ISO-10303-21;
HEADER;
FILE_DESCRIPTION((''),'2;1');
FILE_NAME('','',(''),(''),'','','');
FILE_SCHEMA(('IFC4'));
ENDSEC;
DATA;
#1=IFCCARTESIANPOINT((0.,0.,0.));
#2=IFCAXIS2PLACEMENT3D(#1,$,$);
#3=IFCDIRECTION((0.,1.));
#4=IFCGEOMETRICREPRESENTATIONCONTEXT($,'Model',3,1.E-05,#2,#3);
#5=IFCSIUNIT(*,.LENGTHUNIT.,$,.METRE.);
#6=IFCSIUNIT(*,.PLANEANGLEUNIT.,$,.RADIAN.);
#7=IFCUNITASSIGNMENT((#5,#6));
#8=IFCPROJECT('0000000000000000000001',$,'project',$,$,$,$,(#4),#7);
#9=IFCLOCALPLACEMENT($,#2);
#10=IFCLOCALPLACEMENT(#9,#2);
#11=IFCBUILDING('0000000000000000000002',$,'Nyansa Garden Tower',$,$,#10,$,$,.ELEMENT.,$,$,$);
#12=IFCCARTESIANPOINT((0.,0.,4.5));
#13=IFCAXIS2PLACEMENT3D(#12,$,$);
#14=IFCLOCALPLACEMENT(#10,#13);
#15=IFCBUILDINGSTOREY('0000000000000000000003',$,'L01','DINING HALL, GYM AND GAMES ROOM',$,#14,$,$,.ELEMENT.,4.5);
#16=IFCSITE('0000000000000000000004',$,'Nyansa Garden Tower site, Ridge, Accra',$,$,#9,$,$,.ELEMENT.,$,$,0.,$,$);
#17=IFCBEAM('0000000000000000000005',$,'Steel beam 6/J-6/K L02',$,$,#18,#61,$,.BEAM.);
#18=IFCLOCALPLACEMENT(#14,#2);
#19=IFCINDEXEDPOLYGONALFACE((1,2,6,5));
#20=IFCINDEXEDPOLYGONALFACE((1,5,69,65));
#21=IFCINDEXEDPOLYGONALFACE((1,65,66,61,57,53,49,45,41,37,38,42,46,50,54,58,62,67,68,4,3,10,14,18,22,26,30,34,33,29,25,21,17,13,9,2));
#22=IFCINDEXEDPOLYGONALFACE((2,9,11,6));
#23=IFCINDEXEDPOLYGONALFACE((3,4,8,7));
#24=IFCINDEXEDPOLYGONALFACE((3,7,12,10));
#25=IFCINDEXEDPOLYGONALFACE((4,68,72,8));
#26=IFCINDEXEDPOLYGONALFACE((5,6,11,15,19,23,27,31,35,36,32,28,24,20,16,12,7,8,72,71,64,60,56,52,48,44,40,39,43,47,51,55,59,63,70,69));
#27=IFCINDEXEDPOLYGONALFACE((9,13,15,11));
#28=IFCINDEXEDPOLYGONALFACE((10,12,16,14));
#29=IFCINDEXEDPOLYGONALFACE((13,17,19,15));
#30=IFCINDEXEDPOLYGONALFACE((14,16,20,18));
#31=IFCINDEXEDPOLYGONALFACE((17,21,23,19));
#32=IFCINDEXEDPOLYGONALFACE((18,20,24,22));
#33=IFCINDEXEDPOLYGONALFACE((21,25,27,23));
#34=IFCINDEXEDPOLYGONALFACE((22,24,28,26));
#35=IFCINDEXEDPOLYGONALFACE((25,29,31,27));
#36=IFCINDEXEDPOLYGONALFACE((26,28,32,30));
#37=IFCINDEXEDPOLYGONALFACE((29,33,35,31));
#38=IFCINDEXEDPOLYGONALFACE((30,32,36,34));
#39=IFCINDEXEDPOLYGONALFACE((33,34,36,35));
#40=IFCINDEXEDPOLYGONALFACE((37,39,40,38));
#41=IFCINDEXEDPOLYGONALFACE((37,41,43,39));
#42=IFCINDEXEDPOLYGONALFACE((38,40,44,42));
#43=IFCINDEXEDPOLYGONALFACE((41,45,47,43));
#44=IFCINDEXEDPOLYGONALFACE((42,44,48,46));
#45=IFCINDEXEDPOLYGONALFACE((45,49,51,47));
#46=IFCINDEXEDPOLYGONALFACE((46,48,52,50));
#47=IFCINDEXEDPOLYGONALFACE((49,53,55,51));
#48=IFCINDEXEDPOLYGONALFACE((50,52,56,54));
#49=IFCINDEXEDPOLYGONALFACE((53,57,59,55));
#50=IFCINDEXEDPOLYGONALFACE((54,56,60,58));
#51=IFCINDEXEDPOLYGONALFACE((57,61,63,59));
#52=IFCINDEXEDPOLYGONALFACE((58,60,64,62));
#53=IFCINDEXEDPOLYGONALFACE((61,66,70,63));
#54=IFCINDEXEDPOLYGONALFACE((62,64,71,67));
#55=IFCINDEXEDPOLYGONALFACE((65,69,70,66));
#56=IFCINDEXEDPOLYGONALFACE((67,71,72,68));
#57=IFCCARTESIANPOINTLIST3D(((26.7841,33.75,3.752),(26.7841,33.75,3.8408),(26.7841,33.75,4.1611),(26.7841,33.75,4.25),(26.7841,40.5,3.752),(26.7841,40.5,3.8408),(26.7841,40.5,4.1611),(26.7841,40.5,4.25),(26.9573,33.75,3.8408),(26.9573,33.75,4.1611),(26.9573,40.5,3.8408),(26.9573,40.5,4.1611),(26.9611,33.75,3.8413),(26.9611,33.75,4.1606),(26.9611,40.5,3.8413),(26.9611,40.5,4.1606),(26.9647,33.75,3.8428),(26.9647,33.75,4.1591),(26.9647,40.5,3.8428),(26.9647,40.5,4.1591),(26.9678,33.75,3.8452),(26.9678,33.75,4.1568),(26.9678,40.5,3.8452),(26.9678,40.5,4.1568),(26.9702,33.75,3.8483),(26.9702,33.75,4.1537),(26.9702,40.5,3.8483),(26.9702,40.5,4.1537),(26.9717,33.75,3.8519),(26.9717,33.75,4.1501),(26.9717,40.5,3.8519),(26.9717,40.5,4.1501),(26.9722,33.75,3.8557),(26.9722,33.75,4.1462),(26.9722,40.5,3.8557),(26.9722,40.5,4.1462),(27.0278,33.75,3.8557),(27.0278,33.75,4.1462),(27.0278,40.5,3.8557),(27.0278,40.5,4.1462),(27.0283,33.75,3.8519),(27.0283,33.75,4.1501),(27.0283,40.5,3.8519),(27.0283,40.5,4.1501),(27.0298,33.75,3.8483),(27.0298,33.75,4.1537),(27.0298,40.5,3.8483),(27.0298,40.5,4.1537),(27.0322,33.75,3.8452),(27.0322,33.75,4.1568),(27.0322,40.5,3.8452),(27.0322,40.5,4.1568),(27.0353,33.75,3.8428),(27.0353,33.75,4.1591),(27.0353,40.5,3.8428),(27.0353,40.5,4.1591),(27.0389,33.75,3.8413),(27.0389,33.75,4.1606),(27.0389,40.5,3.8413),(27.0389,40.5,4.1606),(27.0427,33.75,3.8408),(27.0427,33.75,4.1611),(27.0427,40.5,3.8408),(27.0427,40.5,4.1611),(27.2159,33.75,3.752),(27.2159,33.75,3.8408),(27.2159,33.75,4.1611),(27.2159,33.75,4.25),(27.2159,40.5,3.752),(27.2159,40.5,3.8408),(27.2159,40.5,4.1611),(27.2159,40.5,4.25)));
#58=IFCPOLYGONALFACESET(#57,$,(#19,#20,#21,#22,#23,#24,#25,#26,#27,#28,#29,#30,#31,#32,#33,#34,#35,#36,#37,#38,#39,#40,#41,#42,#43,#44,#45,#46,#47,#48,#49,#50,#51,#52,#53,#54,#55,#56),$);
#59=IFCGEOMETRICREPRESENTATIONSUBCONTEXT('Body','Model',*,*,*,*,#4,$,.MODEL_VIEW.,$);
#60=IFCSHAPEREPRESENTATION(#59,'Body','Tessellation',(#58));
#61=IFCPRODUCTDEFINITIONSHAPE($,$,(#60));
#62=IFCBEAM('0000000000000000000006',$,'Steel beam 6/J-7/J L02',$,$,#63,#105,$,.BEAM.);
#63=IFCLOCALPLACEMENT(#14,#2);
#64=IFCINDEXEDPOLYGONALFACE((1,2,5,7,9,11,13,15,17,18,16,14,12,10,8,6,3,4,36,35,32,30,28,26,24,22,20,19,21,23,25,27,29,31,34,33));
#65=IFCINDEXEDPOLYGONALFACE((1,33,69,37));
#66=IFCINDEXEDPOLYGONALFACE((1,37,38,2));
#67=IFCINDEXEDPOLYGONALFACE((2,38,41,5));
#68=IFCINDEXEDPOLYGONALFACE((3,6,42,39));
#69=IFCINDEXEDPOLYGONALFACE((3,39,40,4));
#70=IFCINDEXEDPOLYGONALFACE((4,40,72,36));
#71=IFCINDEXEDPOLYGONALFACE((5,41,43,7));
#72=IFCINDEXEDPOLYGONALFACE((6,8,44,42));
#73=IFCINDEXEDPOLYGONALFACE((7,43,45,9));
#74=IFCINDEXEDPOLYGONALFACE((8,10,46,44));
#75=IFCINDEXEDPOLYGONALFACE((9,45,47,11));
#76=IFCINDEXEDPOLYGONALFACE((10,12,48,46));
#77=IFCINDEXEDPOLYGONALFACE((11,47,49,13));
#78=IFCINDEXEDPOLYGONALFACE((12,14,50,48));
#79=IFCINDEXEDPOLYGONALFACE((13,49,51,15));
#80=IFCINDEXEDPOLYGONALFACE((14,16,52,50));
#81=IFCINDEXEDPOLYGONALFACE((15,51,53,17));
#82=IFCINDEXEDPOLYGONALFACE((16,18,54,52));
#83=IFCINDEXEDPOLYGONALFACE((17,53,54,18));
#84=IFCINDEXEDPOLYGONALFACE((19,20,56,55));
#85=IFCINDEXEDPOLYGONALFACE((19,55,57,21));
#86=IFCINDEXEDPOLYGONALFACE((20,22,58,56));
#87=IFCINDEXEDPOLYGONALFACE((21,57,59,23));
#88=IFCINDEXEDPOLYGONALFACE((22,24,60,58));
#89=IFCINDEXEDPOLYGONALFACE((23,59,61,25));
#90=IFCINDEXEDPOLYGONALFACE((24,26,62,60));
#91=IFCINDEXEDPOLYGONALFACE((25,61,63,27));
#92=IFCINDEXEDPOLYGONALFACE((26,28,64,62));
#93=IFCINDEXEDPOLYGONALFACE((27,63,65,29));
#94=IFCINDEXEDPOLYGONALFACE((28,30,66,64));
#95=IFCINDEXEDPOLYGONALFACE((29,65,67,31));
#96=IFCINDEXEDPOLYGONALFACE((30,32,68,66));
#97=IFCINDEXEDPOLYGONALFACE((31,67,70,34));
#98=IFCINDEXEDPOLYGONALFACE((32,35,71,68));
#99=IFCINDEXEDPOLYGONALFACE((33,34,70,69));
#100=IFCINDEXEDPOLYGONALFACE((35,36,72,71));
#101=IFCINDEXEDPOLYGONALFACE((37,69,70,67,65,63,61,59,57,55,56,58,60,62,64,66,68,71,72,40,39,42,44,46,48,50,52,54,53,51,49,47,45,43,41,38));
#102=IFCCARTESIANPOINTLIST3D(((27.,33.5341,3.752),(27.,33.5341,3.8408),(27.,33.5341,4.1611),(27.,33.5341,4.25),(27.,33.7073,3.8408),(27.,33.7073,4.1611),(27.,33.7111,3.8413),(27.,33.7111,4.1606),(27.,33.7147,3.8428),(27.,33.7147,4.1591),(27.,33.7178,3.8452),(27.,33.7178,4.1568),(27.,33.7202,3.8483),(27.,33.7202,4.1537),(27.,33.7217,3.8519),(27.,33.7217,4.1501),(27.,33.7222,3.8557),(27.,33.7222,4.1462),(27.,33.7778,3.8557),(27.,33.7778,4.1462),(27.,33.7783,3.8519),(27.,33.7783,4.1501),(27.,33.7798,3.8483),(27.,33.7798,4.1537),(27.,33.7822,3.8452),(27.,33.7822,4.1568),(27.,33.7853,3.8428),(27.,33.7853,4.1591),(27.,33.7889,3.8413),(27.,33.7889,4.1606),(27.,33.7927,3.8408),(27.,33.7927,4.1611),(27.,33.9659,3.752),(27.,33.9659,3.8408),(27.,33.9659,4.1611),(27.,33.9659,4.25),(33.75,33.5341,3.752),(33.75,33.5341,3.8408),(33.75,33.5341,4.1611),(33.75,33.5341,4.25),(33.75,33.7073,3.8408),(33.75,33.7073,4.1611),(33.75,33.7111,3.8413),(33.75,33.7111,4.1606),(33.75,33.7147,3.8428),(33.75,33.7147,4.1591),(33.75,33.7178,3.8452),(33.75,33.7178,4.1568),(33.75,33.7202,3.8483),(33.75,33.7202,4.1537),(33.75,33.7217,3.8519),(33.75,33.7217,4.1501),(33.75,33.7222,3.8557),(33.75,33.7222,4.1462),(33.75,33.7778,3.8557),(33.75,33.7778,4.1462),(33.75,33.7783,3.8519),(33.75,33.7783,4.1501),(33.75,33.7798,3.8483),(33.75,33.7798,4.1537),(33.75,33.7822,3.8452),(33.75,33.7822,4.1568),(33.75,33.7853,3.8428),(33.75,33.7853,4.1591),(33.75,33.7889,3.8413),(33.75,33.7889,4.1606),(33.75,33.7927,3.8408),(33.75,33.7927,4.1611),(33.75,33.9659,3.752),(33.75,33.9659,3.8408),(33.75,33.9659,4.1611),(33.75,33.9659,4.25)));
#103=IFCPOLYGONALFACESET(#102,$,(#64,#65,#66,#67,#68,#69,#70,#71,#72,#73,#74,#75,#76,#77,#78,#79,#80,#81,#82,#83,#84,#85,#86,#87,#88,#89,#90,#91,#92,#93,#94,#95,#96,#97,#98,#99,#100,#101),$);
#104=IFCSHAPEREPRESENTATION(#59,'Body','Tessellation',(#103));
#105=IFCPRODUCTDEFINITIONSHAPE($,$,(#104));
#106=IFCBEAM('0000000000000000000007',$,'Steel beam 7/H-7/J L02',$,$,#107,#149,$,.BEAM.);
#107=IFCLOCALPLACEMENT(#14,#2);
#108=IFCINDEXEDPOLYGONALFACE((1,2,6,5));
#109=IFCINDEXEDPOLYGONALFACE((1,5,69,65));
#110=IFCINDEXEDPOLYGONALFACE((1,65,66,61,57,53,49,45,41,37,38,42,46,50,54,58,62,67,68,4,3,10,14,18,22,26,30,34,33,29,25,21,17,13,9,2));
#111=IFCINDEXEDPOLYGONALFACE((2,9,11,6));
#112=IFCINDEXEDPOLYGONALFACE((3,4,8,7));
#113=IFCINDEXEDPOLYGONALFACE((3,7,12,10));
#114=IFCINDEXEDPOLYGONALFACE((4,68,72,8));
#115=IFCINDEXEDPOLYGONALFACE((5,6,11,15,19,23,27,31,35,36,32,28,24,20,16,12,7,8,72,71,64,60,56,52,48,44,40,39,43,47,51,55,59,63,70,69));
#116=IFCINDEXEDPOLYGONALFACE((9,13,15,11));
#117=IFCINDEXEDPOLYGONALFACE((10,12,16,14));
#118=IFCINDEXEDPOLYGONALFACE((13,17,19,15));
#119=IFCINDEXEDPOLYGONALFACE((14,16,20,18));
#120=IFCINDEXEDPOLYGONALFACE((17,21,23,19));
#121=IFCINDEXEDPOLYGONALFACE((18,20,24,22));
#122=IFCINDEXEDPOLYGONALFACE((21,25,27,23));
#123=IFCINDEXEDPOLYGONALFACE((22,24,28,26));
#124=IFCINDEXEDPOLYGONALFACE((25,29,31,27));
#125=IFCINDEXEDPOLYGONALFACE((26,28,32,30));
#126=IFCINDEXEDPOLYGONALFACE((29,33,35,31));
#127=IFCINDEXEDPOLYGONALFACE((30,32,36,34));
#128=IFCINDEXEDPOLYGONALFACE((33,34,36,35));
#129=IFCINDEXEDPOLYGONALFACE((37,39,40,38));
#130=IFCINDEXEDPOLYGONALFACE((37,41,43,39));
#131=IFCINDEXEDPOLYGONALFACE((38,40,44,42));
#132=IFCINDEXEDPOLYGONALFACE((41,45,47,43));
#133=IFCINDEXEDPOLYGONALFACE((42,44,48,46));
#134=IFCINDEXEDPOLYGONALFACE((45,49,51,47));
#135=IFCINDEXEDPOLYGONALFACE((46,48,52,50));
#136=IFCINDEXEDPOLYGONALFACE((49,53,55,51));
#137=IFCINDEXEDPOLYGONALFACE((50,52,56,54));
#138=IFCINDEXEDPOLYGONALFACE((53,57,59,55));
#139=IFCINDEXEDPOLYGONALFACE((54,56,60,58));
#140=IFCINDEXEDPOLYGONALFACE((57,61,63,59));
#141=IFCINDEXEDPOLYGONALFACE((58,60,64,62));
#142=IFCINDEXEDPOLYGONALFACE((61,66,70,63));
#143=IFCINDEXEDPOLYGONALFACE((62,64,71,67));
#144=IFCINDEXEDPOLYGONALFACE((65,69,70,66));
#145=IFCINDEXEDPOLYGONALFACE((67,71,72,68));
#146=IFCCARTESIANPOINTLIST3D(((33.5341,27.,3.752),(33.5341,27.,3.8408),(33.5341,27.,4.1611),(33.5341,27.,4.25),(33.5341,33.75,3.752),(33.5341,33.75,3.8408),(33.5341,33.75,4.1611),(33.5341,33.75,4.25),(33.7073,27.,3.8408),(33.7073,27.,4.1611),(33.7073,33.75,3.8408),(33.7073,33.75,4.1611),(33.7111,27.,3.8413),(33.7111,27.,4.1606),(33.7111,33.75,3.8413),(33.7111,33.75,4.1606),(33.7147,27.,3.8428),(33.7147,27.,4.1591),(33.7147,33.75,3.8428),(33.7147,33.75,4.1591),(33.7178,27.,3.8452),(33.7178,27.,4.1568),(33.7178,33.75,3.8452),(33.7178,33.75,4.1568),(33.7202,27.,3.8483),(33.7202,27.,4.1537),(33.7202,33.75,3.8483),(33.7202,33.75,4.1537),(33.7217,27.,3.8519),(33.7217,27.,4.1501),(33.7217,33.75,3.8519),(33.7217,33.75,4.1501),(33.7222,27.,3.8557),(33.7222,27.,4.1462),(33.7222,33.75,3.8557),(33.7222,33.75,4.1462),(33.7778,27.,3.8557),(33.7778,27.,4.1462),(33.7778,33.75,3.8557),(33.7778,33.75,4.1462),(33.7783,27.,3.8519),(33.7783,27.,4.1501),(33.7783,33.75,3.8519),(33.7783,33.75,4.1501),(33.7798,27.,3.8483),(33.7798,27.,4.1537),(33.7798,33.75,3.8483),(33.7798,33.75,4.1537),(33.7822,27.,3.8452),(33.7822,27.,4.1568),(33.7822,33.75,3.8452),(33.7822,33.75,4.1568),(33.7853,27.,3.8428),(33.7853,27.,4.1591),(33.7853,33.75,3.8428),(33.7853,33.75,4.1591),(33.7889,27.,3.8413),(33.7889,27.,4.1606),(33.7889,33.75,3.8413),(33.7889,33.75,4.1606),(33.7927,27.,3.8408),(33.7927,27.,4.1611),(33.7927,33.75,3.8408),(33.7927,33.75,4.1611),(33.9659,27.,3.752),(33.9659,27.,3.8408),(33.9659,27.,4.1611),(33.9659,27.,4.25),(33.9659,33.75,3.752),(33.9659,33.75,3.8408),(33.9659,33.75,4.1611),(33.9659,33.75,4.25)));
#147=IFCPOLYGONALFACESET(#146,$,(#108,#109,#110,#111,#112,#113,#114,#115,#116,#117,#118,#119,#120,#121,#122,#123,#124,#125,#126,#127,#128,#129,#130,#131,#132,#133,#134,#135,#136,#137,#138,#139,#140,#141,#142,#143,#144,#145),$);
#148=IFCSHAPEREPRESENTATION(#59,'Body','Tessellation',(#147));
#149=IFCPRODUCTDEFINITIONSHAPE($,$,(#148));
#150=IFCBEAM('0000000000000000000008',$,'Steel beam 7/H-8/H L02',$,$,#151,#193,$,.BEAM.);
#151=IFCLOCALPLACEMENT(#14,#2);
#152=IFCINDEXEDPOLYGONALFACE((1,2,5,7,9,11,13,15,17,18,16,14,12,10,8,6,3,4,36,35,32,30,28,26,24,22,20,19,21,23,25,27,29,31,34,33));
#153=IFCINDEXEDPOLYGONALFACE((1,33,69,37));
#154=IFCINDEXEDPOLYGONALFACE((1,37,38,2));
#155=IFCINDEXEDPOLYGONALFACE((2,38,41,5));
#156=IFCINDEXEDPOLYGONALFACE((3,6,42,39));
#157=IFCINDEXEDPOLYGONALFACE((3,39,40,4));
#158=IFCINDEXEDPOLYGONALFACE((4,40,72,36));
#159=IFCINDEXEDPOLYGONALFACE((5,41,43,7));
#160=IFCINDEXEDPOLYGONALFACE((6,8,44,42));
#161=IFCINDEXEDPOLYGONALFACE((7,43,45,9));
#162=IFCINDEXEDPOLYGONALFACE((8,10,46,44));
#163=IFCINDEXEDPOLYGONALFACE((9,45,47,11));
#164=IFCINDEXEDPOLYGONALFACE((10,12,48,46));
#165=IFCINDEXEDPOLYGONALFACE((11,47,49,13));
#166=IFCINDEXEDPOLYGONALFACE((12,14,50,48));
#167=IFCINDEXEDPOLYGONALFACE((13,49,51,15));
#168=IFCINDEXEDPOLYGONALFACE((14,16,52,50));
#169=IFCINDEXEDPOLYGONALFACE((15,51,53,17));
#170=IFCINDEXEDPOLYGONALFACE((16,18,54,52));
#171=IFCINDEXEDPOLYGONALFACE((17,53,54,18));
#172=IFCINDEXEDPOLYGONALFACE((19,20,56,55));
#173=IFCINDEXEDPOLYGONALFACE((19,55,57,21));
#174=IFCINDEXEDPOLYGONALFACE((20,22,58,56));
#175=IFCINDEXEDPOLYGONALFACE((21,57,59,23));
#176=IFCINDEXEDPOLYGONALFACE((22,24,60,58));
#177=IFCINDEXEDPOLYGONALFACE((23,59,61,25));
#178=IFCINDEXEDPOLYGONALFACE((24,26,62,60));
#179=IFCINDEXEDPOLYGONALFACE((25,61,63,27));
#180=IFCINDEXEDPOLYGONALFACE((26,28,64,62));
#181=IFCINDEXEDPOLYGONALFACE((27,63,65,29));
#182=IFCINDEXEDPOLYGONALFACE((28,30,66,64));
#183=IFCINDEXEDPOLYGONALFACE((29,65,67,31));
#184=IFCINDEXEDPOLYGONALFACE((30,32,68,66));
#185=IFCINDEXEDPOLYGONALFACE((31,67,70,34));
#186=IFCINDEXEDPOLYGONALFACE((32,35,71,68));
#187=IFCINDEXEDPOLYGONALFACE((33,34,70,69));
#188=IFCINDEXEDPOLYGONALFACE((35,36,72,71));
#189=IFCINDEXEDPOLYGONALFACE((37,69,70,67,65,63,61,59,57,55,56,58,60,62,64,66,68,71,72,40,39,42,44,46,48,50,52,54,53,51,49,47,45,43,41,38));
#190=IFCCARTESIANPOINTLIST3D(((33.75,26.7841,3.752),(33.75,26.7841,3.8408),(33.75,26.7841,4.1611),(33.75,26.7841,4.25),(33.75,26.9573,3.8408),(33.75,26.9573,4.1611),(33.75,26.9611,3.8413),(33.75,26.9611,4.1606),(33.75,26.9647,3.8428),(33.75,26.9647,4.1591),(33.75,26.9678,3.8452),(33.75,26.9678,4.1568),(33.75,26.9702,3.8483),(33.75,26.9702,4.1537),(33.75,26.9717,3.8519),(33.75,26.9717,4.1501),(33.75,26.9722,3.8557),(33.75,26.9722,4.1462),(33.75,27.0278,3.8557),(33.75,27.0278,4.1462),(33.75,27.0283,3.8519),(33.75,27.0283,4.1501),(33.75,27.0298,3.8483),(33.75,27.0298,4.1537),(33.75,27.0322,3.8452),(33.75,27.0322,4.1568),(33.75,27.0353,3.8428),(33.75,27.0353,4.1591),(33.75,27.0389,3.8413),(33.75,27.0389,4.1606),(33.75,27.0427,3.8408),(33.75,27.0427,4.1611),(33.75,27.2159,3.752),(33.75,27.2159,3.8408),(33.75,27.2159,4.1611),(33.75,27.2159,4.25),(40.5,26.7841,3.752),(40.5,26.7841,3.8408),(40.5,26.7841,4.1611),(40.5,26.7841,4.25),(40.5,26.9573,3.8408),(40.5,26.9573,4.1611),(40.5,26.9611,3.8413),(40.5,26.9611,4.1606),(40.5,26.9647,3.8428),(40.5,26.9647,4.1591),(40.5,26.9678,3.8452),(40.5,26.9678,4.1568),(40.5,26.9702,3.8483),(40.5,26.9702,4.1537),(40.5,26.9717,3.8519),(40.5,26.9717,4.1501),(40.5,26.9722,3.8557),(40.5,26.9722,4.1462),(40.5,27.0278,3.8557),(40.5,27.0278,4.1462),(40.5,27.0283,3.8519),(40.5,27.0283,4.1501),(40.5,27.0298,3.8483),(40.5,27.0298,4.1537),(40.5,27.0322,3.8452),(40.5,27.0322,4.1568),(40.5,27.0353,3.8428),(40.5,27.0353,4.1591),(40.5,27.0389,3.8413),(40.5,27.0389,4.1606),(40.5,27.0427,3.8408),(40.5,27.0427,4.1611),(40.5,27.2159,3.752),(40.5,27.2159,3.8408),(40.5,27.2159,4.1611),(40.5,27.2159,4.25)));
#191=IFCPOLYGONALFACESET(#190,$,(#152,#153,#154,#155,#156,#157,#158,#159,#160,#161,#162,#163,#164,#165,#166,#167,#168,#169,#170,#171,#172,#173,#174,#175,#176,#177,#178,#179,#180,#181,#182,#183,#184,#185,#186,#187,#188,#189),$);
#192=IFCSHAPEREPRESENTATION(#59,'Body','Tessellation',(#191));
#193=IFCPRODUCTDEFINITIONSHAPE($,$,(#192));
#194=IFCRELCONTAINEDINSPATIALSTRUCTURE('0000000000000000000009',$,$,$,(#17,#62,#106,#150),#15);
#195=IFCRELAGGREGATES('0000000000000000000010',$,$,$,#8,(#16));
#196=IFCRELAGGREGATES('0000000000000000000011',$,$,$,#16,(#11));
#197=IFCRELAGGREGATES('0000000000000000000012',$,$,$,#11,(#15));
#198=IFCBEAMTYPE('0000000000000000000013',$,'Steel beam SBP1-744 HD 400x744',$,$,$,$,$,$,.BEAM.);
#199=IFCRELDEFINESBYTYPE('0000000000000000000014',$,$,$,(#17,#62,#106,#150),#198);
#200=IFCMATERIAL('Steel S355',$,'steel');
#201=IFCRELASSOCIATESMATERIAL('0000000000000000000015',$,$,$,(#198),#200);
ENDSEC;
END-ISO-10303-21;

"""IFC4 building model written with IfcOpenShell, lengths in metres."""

from ifc_helpers import new_model, si_unit, direction, frame, origin, origin_2d, place, context, subcontext, project, spatial, i_section, extrude, material, material_profile, profile_set, type_object, element, save


model = new_model("IFC4")

# Units and contexts
model_context = context("Model", 3, precision=1e-05, world=origin(), true_north=direction((0.0, 1.0)))
body_context = subcontext(model_context, "Body", "Model", "MODEL_VIEW")
ifc_project = project(units=[si_unit("LENGTHUNIT", "METRE"), si_unit("PLANEANGLEUNIT", "RADIAN")], contexts=[model_context])

# Site, building, storey
site_placement = place(None, origin())
site = spatial("IfcSite", under=ifc_project, at=site_placement, Name="Nyansa Garden Tower site, Ridge, Accra", CompositionType="ELEMENT", RefElevation=0.0)
building_placement = place(site_placement, origin())
building = spatial("IfcBuilding", under=site, at=building_placement, Name="Nyansa Garden Tower", CompositionType="ELEMENT")
storey_placement = place(building_placement, frame((0.0, 0.0, 4.5)))
storey = spatial("IfcBuildingStorey", under=building, at=storey_placement, Name="L01", Description="DINING HALL, GYM AND GAMES ROOM", CompositionType="ELEMENT", Elevation=4.5)

# Beams
ifc_material_1 = material(Name="Steel S355", Category="steel")
ifc_material_profile_1 = material_profile(ifc_material_1, i_section(OverallWidth=0.4319, OverallDepth=0.498, WebThickness=0.0557, FlangeThickness=0.0889, FilletRadius=0.0149, at=origin_2d()), Name="HD 400x744")
ifc_profile_set_1 = profile_set([ifc_material_profile_1], Name="Steel S355")
beam_type_1 = type_object("IfcBeamType", Name="Steel beam SBP1-744 HD 400x744", PredefinedType="BEAM", material=ifc_profile_set_1)
for number, where, z_axis, x_axis, name in (
    (1, (27.0, 33.75, 4.001), (0.0, 1.0, 0.0), (-1.0, 0.0, 0.0), "Steel beam 6/J-6/K L02"),
    (2, (27.0, 33.75, 4.001), (1.0, 0.0, 0.0), (0.0, 1.0, 0.0), "Steel beam 6/J-7/J L02"),
    (3, (33.75, 27.0, 4.001), (0.0, 1.0, 0.0), (-1.0, 0.0, 0.0), "Steel beam 7/H-7/J L02"),
    (4, (33.75, 27.0, 4.001), (1.0, 0.0, 0.0), (0.0, 1.0, 0.0), "Steel beam 7/H-8/H L02"),
):
    element("IfcBeam", number, at=place(storey_placement, frame(where, z_axis=z_axis, x_axis=x_axis)), inside=storey, type_object=beam_type_1, Name=name, PredefinedType="BEAM", context=body_context, shape_type="SweptSolid", body=[
        extrude(i_section(OverallWidth=0.4319, OverallDepth=0.498, WebThickness=0.0557, FlangeThickness=0.0889, FilletRadius=0.0149, at=origin_2d()), origin(), (0.0, 0.0, 1.0), 6.75),
    ])

save(model, "model.ifc")
